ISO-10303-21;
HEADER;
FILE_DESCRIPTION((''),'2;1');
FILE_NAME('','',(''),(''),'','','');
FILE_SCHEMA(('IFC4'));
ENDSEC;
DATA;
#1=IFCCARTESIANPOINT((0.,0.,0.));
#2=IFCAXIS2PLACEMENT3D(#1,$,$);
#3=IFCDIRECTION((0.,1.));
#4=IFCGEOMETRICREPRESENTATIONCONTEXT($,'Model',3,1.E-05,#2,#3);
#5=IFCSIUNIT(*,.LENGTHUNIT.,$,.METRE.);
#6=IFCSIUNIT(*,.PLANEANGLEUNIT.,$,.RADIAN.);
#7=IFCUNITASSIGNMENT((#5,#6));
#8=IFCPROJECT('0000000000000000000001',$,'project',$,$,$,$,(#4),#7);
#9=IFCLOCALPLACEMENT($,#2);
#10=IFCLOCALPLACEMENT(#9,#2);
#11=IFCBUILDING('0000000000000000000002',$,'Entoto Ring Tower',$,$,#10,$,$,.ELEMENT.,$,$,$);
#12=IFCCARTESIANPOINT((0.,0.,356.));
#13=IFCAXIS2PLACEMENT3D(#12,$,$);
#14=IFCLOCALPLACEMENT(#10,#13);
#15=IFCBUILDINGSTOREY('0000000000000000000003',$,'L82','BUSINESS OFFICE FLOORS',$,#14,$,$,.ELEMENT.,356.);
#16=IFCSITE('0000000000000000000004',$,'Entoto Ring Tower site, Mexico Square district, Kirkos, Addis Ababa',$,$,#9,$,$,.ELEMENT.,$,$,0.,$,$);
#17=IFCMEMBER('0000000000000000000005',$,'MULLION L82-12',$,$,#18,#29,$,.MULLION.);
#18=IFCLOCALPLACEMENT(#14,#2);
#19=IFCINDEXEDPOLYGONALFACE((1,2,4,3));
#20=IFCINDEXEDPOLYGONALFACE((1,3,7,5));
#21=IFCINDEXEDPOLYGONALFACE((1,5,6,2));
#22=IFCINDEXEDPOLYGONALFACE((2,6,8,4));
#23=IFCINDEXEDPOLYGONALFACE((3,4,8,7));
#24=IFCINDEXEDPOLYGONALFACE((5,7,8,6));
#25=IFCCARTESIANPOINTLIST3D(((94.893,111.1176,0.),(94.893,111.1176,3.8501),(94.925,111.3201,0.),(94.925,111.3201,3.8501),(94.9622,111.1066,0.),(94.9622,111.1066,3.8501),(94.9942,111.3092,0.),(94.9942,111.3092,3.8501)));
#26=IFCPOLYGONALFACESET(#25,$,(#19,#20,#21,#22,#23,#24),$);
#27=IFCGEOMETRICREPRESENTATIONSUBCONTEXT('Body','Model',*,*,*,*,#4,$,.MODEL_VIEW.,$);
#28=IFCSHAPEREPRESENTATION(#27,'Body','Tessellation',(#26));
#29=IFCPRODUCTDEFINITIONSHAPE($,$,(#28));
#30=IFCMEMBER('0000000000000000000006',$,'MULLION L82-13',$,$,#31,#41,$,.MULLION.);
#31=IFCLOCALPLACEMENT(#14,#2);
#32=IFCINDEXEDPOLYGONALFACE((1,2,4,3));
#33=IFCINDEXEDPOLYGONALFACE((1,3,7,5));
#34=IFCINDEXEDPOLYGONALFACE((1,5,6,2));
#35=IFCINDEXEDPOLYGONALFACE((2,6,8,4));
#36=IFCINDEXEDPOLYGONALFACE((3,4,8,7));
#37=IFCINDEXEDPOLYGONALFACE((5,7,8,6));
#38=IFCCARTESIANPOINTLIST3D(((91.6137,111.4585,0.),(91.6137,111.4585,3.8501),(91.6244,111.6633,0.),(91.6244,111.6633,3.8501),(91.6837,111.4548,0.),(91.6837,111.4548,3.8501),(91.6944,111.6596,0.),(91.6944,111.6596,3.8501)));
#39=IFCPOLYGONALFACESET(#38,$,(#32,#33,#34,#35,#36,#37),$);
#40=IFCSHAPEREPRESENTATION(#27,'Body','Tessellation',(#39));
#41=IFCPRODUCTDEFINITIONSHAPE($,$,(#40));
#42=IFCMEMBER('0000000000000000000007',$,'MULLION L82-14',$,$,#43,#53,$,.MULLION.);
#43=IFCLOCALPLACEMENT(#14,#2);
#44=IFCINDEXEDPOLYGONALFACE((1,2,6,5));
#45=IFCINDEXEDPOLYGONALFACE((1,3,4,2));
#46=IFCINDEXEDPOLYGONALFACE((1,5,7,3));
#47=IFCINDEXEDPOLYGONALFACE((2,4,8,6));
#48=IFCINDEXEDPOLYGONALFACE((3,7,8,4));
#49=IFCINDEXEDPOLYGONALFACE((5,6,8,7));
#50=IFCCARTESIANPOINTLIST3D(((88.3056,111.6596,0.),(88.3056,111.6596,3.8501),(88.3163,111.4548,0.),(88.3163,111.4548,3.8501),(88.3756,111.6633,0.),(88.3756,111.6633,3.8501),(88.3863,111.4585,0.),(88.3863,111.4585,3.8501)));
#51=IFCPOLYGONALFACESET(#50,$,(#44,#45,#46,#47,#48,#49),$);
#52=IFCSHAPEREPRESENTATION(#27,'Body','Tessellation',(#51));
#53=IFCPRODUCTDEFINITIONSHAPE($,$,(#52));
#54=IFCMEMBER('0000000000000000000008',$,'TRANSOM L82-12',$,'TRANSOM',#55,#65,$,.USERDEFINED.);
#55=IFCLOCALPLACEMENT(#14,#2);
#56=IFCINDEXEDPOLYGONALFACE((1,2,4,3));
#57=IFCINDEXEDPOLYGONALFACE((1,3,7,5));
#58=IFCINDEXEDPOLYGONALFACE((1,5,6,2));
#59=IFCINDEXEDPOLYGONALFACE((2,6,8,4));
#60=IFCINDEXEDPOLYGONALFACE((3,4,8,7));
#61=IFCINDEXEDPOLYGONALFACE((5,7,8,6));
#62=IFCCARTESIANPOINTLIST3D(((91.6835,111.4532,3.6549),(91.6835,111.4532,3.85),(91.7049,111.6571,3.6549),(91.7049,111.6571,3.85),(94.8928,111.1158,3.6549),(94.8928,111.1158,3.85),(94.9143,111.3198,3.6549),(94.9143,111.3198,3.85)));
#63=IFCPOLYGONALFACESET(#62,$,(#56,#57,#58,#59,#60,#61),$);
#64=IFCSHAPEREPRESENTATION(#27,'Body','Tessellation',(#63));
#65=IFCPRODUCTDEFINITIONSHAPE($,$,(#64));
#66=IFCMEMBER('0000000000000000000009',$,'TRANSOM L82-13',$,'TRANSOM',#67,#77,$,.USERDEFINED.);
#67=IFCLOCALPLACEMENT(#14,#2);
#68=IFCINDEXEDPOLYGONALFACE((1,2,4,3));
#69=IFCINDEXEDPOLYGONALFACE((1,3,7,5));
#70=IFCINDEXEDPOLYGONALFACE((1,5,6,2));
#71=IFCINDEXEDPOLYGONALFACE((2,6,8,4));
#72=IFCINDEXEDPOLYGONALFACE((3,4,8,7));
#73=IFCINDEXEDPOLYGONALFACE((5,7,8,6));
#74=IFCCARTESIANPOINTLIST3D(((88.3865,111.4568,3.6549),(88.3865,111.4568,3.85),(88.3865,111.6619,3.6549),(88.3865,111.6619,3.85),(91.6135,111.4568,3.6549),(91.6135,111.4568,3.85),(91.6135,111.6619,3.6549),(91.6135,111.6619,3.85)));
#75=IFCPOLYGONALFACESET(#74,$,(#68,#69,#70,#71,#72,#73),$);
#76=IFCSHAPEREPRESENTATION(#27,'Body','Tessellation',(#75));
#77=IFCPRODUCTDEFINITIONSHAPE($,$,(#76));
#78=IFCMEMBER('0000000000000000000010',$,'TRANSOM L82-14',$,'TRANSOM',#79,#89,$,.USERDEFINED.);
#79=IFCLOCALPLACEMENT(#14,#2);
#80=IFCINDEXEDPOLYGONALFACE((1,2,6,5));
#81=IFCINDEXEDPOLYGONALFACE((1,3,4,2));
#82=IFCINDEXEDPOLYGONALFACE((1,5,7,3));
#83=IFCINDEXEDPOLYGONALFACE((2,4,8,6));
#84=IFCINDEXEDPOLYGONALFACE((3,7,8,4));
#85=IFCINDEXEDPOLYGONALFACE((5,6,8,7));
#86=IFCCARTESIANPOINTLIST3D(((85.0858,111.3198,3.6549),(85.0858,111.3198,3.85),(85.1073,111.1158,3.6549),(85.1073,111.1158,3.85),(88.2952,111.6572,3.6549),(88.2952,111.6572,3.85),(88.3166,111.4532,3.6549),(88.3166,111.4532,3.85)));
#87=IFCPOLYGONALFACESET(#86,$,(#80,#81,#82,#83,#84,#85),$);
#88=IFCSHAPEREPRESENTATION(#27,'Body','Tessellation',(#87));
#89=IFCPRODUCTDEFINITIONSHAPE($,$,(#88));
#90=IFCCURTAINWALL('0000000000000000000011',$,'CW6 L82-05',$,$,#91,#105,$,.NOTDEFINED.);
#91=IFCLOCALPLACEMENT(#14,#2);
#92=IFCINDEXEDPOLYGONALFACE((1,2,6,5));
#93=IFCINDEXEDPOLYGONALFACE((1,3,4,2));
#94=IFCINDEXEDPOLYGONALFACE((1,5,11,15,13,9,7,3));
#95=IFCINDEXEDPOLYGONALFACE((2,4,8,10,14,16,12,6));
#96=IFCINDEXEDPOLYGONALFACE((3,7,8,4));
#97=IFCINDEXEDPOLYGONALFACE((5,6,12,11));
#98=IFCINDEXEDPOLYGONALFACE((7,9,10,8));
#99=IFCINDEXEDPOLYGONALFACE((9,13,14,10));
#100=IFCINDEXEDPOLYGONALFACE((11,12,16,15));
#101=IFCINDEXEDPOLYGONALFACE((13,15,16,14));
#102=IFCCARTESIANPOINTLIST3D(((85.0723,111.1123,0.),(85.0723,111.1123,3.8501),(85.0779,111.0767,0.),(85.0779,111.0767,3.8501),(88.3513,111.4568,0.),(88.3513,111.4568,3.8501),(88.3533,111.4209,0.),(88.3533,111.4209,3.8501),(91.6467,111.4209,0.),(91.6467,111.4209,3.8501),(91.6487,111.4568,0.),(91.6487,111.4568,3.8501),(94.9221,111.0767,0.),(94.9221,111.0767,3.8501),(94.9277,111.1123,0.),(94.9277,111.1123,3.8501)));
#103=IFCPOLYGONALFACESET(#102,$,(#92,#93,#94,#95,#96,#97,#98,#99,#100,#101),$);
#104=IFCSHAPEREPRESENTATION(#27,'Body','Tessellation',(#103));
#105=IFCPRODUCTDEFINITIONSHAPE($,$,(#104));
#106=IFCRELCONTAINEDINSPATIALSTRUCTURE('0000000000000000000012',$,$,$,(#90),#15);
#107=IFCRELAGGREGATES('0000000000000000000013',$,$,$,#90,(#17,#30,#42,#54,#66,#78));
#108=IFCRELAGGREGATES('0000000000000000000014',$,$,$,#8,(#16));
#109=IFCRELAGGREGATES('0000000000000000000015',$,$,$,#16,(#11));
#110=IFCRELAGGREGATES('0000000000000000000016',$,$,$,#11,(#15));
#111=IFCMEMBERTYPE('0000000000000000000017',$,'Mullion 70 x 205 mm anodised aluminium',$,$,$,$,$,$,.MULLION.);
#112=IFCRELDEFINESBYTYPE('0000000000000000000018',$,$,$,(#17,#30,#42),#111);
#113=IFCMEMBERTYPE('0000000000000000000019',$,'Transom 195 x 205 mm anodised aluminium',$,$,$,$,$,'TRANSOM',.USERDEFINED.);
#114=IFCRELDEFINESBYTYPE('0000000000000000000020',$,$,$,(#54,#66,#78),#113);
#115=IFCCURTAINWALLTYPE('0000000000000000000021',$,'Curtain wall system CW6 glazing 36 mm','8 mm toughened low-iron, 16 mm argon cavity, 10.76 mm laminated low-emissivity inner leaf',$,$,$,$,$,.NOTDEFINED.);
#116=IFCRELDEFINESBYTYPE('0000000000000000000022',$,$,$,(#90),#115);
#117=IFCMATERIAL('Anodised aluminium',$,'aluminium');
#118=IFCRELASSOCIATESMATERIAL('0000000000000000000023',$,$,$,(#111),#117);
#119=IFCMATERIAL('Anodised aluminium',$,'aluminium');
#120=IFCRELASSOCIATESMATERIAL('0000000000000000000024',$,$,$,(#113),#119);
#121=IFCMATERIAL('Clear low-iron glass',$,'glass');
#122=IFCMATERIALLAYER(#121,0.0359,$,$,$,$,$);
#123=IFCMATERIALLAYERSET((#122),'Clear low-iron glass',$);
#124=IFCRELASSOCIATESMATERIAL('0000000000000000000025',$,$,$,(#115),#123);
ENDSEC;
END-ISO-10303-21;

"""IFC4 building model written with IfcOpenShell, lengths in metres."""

from ifc_helpers import new_model, si_unit, direction, frame, origin, origin_2d, place, context, subcontext, project, spatial, polyline, rectangle, outline, extrude, material, layer, layer_set, material_profile, profile_set, type_object, element, aggregate, save


model = new_model("IFC4")

# Units and contexts
model_context = context("Model", 3, precision=1e-05, world=origin(), true_north=direction((0.0, 1.0)))
body_context = subcontext(model_context, "Body", "Model", "MODEL_VIEW")
ifc_project = project(units=[si_unit("LENGTHUNIT", "METRE"), si_unit("PLANEANGLEUNIT", "RADIAN")], contexts=[model_context])

# Members
ifc_material_1 = material(Name="Anodised aluminium", Category="aluminium")
ifc_material_profile_1 = material_profile(ifc_material_1, rectangle(XDim=0.0701, YDim=0.2051, at=origin_2d()), Name="Mullion 70 x 205 mm anodised aluminium")
ifc_profile_set_1 = profile_set([ifc_material_profile_1], Name="Anodised aluminium")
member_type_1 = type_object("IfcMemberType", Name="Mullion 70 x 205 mm anodised aluminium", PredefinedType="MULLION", material=ifc_profile_set_1)
site_placement = place(None, origin())
building_placement = place(site_placement, origin())
storey_placement = place(building_placement, frame((0.0, 0.0, 356.0)))
member_1_placement = place(storey_placement, frame((94.9436, 111.2134, 0.0), z_axis=(0.0, 0.0, 1.0), x_axis=(-0.987688, 0.156434, 0.0)))
member_1 = element("IfcMember", 1, at=member_1_placement, type_object=member_type_1, Name="MULLION L82-12", PredefinedType="MULLION", context=body_context, shape_type="SweptSolid", body=[
    extrude(rectangle(XDim=0.0701, YDim=0.2051, at=origin_2d()), origin(), (0.0, 0.0, 1.0), 3.8501),
])
member_2_placement = place(storey_placement, frame((91.6541, 111.5591, 0.0), z_axis=(0.0, 0.0, 1.0), x_axis=(-0.99863, 0.052336, 0.0)))
member_2 = element("IfcMember", 2, at=member_2_placement, type_object=member_type_1, Name="MULLION L82-13", PredefinedType="MULLION", context=body_context, shape_type="SweptSolid", body=[
    extrude(rectangle(XDim=0.0701, YDim=0.2051, at=origin_2d()), origin(), (0.0, 0.0, 1.0), 3.8501),
])
member_3_placement = place(storey_placement, frame((88.3459, 111.5591, 0.0), z_axis=(0.0, 0.0, 1.0), x_axis=(-0.99863, -0.052336, 0.0)))
member_3 = element("IfcMember", 3, at=member_3_placement, type_object=member_type_1, Name="MULLION L82-14", PredefinedType="MULLION", context=body_context, shape_type="SweptSolid", body=[
    extrude(rectangle(XDim=0.0701, YDim=0.2051, at=origin_2d()), origin(), (0.0, 0.0, 1.0), 3.8501),
])
ifc_material_2 = material(Name="Anodised aluminium", Category="aluminium")
ifc_material_profile_2 = material_profile(ifc_material_2, rectangle(XDim=0.2051, YDim=0.1951, at=origin_2d()), Name="Transom 195 x 205 mm anodised aluminium")
ifc_profile_set_2 = profile_set([ifc_material_profile_2], Name="Anodised aluminium")
member_type_2 = type_object("IfcMemberType", Name="Transom 195 x 205 mm anodised aluminium", ElementType="TRANSOM", PredefinedType="USERDEFINED", material=ifc_profile_set_2)
member_4_placement = place(storey_placement, frame((94.9036, 111.2178, 3.7524), z_axis=(-0.99452, 0.104551, 0.0), x_axis=(-0.104551, -0.99452, 0.0)))
member_4 = element("IfcMember", 4, at=member_4_placement, type_object=member_type_2, Name="TRANSOM L82-12", ObjectType="TRANSOM", PredefinedType="USERDEFINED", context=body_context, shape_type="SweptSolid", body=[
    extrude(rectangle(XDim=0.2051, YDim=0.1951, at=origin_2d()), origin(), (0.0, 0.0, 1.0), 3.2271),
])
member_5_placement = place(storey_placement, frame((91.6135, 111.5593, 3.7524), z_axis=(-1.0, 0.0, 0.0), x_axis=(0.0, -1.0, 0.0)))
member_5 = element("IfcMember", 5, at=member_5_placement, type_object=member_type_2, Name="TRANSOM L82-13", ObjectType="TRANSOM", PredefinedType="USERDEFINED", context=body_context, shape_type="SweptSolid", body=[
    extrude(rectangle(XDim=0.2051, YDim=0.1951, at=origin_2d()), origin(), (0.0, 0.0, 1.0), 3.2271),
])
member_6_placement = place(storey_placement, frame((88.3059, 111.5552, 3.7524), z_axis=(-0.99452, -0.104551, 0.0), x_axis=(0.104551, -0.99452, 0.0)))
member_6 = element("IfcMember", 6, at=member_6_placement, type_object=member_type_2, Name="TRANSOM L82-14", ObjectType="TRANSOM", PredefinedType="USERDEFINED", context=body_context, shape_type="SweptSolid", body=[
    extrude(rectangle(XDim=0.2051, YDim=0.1951, at=origin_2d()), origin(), (0.0, 0.0, 1.0), 3.2271),
])

# Site, building, storey
site = spatial("IfcSite", under=ifc_project, at=site_placement, Name="Entoto Ring Tower site, Mexico Square district, Kirkos, Addis Ababa", CompositionType="ELEMENT", RefElevation=0.0)
building = spatial("IfcBuilding", under=site, at=building_placement, Name="Entoto Ring Tower", CompositionType="ELEMENT")
storey = spatial("IfcBuildingStorey", under=building, at=storey_placement, Name="L82", Description="BUSINESS OFFICE FLOORS", CompositionType="ELEMENT", Elevation=356.0)

# Curtain wall
ifc_material_3 = material(Name="Clear low-iron glass", Category="glass")
ifc_layer = layer(ifc_material_3, 0.0359)
ifc_layer_set = layer_set([ifc_layer], Name="Clear low-iron glass")
curtain_wall_type = type_object("IfcCurtainWallType", Name="Curtain wall system CW6 glazing 36 mm", Description="8 mm toughened low-iron, 16 mm argon cavity, 10.76 mm laminated low-emissivity inner leaf", PredefinedType="NOTDEFINED", material=ifc_layer_set)
curtain_wall_1_placement = place(storey_placement, origin())
curtain_wall_1 = element("IfcCurtainWall", 7, at=curtain_wall_1_placement, inside=storey, type_object=curtain_wall_type, Name="CW6 L82-05", PredefinedType="NOTDEFINED", context=body_context, shape_type="SweptSolid", body=[
    extrude(outline(polyline([(94.9277, 111.1123), (91.6487, 111.4568), (88.3513, 111.4568), (85.0723, 111.1123), (85.0779, 111.0767), (88.3533, 111.4209), (91.6467, 111.4209), (94.9221, 111.0767), (94.9277, 111.1123)])), origin(), (0.0, 0.0, 1.0), 3.8501),
])
aggregate(curtain_wall_1, [member_1, member_2, member_3, member_4, member_5, member_6])

save(model, "model.ifc")
